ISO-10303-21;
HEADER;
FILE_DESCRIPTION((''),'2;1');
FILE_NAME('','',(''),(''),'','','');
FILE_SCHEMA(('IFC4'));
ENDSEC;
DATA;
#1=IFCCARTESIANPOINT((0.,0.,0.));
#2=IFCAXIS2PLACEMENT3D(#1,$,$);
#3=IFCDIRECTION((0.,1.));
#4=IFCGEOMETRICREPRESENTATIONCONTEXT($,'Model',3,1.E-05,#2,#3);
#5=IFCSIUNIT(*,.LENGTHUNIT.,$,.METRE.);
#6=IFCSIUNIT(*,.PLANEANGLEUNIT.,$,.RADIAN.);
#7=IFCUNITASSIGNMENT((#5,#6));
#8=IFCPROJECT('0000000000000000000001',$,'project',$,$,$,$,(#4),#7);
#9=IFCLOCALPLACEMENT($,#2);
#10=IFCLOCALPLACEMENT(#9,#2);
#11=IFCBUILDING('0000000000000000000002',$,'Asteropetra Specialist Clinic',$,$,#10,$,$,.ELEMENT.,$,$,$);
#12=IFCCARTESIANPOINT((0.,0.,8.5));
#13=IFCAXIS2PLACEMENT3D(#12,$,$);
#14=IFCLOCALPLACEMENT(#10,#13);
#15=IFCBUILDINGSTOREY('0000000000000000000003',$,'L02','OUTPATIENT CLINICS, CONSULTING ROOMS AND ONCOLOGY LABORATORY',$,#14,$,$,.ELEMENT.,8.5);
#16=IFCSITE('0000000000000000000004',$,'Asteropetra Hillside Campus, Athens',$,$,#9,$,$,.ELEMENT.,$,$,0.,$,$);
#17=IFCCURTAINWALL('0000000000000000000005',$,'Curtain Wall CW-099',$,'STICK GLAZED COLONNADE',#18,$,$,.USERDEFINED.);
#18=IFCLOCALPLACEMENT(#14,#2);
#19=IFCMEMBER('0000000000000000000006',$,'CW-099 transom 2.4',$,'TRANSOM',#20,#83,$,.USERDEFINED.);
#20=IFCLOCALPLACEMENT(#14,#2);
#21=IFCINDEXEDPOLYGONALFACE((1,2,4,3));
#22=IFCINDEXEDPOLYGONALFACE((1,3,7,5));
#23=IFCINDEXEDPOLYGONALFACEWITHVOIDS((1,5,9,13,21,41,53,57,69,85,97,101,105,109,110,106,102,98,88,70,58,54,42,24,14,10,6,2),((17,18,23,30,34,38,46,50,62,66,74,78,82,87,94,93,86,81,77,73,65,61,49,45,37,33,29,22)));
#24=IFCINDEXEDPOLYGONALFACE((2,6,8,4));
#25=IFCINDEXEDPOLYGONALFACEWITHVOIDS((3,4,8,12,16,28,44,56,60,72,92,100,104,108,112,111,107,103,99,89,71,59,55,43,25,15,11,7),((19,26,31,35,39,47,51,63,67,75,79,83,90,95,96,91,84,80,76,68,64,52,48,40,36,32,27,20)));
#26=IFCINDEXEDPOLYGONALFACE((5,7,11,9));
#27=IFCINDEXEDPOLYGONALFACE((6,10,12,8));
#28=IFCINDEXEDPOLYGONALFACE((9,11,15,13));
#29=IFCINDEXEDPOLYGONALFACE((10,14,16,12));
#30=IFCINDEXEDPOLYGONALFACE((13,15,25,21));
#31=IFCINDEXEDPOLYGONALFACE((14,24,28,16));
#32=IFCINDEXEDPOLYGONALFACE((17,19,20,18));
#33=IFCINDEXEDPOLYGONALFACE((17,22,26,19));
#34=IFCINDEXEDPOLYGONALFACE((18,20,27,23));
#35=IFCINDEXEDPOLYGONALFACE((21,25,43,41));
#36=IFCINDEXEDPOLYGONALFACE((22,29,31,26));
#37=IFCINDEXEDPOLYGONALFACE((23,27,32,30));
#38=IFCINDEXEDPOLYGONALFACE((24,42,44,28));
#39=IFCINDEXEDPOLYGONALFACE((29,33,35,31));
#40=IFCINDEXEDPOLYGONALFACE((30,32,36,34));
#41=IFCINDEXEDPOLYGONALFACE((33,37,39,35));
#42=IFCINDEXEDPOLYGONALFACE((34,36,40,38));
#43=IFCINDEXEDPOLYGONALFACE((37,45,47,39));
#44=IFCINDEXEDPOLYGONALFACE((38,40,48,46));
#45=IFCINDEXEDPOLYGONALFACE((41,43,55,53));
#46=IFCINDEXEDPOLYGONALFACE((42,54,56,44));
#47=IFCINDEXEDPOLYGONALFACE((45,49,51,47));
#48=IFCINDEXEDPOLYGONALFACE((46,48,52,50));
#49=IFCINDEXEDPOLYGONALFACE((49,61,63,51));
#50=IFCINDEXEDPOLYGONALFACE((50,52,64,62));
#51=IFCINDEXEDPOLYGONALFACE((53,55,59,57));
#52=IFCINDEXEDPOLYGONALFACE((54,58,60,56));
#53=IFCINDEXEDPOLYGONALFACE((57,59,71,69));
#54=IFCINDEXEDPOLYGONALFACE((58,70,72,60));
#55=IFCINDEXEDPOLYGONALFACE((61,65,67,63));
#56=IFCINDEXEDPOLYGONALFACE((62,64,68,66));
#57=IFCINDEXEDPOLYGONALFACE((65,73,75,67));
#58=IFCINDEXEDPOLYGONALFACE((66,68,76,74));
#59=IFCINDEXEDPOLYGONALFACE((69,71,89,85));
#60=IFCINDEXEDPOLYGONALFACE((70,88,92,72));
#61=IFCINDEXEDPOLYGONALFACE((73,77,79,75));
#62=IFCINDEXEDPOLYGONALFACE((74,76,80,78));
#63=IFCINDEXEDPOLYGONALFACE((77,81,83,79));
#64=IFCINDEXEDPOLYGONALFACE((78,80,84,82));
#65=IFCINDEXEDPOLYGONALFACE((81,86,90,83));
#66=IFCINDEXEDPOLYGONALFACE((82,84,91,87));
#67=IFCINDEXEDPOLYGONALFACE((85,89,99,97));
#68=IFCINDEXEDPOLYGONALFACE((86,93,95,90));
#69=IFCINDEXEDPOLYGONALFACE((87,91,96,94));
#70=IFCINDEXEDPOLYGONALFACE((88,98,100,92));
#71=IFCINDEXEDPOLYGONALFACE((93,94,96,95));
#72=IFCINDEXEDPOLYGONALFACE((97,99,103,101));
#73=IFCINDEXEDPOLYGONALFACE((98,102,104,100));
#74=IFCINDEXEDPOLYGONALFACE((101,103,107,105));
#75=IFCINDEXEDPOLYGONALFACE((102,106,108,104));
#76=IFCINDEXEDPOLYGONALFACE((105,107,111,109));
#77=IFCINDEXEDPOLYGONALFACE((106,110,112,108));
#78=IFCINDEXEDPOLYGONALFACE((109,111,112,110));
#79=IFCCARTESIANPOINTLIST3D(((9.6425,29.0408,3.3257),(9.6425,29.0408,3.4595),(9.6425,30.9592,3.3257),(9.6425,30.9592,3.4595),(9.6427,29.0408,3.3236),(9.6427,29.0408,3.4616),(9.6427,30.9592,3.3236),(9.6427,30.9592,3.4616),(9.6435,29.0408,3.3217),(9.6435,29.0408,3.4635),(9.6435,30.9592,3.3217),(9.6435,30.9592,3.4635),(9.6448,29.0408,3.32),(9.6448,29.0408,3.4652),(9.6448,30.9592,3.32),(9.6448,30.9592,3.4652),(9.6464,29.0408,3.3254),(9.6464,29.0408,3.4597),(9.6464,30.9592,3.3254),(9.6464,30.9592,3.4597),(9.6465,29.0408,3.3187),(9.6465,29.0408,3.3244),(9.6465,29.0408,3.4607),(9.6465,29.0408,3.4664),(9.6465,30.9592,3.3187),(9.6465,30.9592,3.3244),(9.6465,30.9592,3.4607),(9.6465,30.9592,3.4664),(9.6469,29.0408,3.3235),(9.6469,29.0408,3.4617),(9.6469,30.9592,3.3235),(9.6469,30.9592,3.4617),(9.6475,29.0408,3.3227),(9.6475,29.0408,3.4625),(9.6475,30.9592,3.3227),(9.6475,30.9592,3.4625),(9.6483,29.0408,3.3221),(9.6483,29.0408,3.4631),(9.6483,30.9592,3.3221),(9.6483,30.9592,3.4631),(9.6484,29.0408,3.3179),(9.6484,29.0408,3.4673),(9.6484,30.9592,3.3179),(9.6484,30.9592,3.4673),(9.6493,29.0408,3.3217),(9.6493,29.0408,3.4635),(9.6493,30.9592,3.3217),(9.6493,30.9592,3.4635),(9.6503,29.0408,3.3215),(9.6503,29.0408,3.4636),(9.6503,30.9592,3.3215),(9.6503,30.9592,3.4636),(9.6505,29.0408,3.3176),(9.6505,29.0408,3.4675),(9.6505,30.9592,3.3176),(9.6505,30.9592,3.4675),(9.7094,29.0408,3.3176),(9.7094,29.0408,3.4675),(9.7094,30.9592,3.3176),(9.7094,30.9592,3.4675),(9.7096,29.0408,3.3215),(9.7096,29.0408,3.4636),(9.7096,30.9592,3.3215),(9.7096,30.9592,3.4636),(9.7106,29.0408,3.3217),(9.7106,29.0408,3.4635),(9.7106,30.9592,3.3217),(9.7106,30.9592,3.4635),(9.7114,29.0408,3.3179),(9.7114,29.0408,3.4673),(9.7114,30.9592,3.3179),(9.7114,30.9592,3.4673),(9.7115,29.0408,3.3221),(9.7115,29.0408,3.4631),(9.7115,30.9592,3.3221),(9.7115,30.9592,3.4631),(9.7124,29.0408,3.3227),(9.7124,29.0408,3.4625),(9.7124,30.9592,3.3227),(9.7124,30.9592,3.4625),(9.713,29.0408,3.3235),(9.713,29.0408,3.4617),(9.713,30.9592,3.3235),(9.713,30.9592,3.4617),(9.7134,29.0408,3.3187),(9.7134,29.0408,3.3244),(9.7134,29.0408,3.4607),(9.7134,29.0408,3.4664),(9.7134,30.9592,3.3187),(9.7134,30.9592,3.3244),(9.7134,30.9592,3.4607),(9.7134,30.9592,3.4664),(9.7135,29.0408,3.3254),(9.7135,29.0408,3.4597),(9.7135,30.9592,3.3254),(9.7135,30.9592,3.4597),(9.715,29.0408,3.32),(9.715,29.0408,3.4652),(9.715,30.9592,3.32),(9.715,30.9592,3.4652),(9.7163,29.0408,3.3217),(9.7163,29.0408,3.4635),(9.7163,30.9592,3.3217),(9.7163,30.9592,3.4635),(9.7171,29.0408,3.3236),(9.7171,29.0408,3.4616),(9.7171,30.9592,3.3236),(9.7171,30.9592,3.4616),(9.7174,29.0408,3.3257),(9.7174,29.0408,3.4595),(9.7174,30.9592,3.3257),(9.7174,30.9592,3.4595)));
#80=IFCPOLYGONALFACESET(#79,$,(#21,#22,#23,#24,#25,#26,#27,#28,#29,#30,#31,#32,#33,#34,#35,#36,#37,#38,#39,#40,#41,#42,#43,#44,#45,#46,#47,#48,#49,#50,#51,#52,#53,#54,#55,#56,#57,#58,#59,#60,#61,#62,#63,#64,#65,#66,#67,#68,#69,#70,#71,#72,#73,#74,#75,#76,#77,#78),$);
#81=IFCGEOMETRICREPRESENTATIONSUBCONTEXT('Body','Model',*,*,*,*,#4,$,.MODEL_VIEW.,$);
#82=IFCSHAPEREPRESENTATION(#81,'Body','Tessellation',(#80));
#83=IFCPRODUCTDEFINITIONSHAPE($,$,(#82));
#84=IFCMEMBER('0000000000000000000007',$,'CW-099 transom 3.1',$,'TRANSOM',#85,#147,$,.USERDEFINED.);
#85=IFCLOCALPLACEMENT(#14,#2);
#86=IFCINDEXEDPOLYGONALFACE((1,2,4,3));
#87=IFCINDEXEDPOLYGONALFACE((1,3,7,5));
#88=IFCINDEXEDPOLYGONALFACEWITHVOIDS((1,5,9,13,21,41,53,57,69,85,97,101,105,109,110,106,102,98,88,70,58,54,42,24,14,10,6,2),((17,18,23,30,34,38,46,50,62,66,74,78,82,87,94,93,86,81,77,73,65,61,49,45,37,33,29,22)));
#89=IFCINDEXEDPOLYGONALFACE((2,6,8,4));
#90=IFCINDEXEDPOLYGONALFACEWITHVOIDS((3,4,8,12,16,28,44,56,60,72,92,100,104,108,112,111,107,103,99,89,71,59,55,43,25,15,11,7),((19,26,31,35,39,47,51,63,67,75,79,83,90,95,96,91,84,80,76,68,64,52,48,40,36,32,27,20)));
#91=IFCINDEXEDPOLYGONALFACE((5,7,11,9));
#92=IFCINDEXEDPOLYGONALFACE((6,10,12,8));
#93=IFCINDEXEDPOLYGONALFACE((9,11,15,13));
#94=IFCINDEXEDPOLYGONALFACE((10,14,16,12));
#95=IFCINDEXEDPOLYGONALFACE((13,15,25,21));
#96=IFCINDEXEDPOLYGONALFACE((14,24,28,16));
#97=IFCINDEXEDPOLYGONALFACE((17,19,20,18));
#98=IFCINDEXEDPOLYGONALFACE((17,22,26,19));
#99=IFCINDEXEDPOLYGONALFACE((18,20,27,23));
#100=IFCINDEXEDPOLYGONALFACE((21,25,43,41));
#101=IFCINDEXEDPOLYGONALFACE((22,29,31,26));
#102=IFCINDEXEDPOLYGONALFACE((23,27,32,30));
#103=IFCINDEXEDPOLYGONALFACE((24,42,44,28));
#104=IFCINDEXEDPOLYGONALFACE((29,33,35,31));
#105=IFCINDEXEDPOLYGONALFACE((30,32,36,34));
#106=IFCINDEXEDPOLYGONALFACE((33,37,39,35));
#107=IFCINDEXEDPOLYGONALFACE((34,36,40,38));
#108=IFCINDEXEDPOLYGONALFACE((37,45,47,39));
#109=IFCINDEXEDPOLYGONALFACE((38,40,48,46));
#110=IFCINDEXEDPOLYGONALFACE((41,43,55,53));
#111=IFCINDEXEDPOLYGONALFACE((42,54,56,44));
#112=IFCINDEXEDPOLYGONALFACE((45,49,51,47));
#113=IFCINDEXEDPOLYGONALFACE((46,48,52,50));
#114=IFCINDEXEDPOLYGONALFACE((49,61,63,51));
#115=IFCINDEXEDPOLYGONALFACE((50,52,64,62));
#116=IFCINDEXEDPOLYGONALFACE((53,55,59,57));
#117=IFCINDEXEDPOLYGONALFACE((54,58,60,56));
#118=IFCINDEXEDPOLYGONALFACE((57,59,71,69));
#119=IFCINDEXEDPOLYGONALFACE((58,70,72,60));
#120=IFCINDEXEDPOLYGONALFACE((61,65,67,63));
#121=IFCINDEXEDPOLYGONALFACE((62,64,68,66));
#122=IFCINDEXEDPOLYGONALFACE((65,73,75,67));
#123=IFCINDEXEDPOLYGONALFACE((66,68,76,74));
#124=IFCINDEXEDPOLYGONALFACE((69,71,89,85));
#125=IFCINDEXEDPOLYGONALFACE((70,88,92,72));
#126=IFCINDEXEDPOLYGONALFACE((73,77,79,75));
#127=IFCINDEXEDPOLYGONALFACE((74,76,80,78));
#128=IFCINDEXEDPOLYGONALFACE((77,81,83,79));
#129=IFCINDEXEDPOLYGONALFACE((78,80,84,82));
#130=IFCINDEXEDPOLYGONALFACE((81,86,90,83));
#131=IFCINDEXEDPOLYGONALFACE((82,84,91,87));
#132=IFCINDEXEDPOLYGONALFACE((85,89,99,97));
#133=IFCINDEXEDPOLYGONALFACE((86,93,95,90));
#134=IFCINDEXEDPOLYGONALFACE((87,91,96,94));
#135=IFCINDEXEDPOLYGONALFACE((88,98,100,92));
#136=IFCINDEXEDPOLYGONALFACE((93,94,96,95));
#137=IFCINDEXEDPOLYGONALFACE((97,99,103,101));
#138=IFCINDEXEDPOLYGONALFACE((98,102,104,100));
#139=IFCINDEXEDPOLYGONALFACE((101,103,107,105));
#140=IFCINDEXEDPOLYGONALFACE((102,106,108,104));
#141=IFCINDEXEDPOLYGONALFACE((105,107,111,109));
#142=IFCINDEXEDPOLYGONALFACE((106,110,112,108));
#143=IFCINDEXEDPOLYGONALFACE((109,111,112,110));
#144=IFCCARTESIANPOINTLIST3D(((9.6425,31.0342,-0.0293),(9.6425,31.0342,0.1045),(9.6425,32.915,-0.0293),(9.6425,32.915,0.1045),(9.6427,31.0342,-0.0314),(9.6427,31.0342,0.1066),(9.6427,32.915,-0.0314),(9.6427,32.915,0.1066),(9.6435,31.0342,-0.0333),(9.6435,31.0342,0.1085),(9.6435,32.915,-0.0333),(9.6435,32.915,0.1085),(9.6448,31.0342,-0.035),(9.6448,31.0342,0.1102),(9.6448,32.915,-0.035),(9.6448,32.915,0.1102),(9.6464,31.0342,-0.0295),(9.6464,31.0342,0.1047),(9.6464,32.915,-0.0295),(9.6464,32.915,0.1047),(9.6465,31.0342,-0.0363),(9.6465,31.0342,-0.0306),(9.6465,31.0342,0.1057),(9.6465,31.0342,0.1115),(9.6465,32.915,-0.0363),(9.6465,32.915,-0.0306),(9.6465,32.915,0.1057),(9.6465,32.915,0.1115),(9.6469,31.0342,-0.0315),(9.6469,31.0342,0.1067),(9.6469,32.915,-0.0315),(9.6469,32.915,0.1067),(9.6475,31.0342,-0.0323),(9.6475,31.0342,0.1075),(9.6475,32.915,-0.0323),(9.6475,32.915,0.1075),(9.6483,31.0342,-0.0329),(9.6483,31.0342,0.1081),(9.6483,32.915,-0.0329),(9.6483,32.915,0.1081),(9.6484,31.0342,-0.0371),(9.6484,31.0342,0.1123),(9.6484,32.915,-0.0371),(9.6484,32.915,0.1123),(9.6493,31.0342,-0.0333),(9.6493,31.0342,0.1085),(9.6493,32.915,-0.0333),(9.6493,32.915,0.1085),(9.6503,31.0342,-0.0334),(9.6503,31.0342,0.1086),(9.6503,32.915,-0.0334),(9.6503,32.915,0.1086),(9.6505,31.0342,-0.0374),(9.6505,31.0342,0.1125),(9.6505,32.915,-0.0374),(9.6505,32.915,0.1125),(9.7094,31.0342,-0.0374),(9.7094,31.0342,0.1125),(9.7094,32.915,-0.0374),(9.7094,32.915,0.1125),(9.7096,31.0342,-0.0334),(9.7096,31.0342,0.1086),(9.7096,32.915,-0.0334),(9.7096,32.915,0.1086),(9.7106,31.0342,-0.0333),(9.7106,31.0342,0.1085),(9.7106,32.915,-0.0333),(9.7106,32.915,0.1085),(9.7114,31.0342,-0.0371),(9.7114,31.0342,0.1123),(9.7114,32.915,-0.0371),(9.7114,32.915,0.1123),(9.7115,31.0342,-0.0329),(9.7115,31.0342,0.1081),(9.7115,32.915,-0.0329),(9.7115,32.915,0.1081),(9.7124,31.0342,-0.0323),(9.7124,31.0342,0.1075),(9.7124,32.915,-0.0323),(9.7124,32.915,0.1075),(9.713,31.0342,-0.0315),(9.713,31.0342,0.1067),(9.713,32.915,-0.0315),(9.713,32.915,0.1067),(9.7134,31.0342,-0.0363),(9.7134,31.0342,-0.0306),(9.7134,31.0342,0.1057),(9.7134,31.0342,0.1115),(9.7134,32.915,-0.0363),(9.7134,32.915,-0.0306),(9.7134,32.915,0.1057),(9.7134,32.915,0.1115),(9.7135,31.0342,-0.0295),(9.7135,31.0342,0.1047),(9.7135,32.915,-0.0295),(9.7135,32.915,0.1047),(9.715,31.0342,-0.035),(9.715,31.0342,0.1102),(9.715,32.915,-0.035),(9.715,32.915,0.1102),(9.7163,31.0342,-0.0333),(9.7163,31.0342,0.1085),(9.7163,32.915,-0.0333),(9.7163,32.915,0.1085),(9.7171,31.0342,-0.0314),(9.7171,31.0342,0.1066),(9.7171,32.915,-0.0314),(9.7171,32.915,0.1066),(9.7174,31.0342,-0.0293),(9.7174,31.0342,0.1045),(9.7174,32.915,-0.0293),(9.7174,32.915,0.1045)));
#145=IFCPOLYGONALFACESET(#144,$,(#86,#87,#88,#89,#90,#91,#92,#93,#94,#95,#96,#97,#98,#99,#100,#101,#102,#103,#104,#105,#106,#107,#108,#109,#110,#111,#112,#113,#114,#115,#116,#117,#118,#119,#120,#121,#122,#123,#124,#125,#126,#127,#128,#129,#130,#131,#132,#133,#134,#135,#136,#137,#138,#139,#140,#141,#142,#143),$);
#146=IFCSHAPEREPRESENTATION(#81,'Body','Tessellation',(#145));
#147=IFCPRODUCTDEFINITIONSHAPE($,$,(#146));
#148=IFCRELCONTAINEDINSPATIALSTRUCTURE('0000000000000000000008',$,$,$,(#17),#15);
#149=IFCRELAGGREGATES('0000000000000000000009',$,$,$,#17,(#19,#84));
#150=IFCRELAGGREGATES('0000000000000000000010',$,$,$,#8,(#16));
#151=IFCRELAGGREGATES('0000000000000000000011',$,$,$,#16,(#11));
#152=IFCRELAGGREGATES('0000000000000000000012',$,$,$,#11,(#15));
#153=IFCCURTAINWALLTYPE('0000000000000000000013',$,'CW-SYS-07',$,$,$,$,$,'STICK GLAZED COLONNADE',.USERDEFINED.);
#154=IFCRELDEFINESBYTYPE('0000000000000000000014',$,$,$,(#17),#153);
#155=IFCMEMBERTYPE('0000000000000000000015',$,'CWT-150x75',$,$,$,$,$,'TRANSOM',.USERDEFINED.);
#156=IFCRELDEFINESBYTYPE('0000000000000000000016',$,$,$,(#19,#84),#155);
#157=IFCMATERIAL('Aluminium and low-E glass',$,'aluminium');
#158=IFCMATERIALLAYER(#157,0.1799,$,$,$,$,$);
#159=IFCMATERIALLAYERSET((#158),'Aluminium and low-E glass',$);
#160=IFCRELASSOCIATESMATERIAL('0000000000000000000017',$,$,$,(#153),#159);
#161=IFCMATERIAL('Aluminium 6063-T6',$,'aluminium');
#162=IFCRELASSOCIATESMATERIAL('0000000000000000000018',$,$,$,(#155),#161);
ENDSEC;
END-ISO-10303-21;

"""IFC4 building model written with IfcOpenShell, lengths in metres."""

from ifc_helpers import new_model, si_unit, direction, frame, origin, origin_2d, place, context, subcontext, project, spatial, hollow_rectangle, extrude, material, layer, layer_set, material_profile, profile_set, type_object, element, aggregate, save


model = new_model("IFC4")

# Units and contexts
model_context = context("Model", 3, precision=1e-05, world=origin(), true_north=direction((0.0, 1.0)))
body_context = subcontext(model_context, "Body", "Model", "MODEL_VIEW")
ifc_project = project(units=[si_unit("LENGTHUNIT", "METRE"), si_unit("PLANEANGLEUNIT", "RADIAN")], contexts=[model_context])

# Site, building, storey
site_placement = place(None, origin())
site = spatial("IfcSite", under=ifc_project, at=site_placement, Name="Asteropetra Hillside Campus, Athens", CompositionType="ELEMENT", RefElevation=0.0)
building_placement = place(site_placement, origin())
building = spatial("IfcBuilding", under=site, at=building_placement, Name="Asteropetra Specialist Clinic", CompositionType="ELEMENT")
storey_placement = place(building_placement, frame((0.0, 0.0, 8.5)))
storey = spatial("IfcBuildingStorey", under=building, at=storey_placement, Name="L02", Description="OUTPATIENT CLINICS, CONSULTING ROOMS AND ONCOLOGY LABORATORY", CompositionType="ELEMENT", Elevation=8.5)

# Curtain wall, members
ifc_material_1 = material(Name="Aluminium and low-E glass", Category="aluminium")
ifc_layer_1 = layer(ifc_material_1, 0.1799)
ifc_layer_set_1 = layer_set([ifc_layer_1], Name="Aluminium and low-E glass")
curtain_wall_type = type_object("IfcCurtainWallType", Name="CW-SYS-07", ElementType="STICK GLAZED COLONNADE", PredefinedType="USERDEFINED", material=ifc_layer_set_1)
curtain_wall_placement = place(storey_placement, origin())
curtain_wall = element("IfcCurtainWall", 1, at=curtain_wall_placement, inside=storey, type_object=curtain_wall_type, Name="Curtain Wall CW-099", ObjectType="STICK GLAZED COLONNADE", PredefinedType="USERDEFINED")
ifc_material_2 = material(Name="Aluminium 6063-T6", Category="aluminium")
ifc_material_profile_1 = material_profile(ifc_material_2, hollow_rectangle(XDim=0.075, YDim=0.1499, WallThickness=0.0039, InnerFilletRadius=0.0039, OuterFilletRadius=0.0081, at=origin_2d()), Name="TRN 150x75x4.0")
ifc_profile_set_1 = profile_set([ifc_material_profile_1], Name="Aluminium 6063-T6")
member_type_1 = type_object("IfcMemberType", Name="CWT-150x75", ElementType="TRANSOM", PredefinedType="USERDEFINED", material=ifc_profile_set_1)
member_1_placement = place(storey_placement, frame((9.6799, 29.0408, 3.3926), z_axis=(0.0, 1.0, 0.0), x_axis=(-1.0, 0.0, 0.0)))
member_1 = element("IfcMember", 2, at=member_1_placement, type_object=member_type_1, Name="CW-099 transom 2.4", ObjectType="TRANSOM", PredefinedType="USERDEFINED", context=body_context, shape_type="SweptSolid", body=[
    extrude(hollow_rectangle(XDim=0.075, YDim=0.1499, WallThickness=0.0039, InnerFilletRadius=0.0039, OuterFilletRadius=0.0081, at=origin_2d()), origin(), (0.0, 0.0, 1.0), 1.9185),
])
member_2_placement = place(storey_placement, frame((9.6799, 31.0342, 0.0376), z_axis=(0.0, 1.0, 0.0), x_axis=(-1.0, 0.0, 0.0)))
member_2 = element("IfcMember", 3, at=member_2_placement, type_object=member_type_1, Name="CW-099 transom 3.1", ObjectType="TRANSOM", PredefinedType="USERDEFINED", context=body_context, shape_type="SweptSolid", body=[
    extrude(hollow_rectangle(XDim=0.075, YDim=0.1499, WallThickness=0.0039, InnerFilletRadius=0.0039, OuterFilletRadius=0.0081, at=origin_2d()), origin(), (0.0, 0.0, 1.0), 1.8809),
])

aggregate(curtain_wall, [member_1, member_2])

save(model, "model.ifc")
